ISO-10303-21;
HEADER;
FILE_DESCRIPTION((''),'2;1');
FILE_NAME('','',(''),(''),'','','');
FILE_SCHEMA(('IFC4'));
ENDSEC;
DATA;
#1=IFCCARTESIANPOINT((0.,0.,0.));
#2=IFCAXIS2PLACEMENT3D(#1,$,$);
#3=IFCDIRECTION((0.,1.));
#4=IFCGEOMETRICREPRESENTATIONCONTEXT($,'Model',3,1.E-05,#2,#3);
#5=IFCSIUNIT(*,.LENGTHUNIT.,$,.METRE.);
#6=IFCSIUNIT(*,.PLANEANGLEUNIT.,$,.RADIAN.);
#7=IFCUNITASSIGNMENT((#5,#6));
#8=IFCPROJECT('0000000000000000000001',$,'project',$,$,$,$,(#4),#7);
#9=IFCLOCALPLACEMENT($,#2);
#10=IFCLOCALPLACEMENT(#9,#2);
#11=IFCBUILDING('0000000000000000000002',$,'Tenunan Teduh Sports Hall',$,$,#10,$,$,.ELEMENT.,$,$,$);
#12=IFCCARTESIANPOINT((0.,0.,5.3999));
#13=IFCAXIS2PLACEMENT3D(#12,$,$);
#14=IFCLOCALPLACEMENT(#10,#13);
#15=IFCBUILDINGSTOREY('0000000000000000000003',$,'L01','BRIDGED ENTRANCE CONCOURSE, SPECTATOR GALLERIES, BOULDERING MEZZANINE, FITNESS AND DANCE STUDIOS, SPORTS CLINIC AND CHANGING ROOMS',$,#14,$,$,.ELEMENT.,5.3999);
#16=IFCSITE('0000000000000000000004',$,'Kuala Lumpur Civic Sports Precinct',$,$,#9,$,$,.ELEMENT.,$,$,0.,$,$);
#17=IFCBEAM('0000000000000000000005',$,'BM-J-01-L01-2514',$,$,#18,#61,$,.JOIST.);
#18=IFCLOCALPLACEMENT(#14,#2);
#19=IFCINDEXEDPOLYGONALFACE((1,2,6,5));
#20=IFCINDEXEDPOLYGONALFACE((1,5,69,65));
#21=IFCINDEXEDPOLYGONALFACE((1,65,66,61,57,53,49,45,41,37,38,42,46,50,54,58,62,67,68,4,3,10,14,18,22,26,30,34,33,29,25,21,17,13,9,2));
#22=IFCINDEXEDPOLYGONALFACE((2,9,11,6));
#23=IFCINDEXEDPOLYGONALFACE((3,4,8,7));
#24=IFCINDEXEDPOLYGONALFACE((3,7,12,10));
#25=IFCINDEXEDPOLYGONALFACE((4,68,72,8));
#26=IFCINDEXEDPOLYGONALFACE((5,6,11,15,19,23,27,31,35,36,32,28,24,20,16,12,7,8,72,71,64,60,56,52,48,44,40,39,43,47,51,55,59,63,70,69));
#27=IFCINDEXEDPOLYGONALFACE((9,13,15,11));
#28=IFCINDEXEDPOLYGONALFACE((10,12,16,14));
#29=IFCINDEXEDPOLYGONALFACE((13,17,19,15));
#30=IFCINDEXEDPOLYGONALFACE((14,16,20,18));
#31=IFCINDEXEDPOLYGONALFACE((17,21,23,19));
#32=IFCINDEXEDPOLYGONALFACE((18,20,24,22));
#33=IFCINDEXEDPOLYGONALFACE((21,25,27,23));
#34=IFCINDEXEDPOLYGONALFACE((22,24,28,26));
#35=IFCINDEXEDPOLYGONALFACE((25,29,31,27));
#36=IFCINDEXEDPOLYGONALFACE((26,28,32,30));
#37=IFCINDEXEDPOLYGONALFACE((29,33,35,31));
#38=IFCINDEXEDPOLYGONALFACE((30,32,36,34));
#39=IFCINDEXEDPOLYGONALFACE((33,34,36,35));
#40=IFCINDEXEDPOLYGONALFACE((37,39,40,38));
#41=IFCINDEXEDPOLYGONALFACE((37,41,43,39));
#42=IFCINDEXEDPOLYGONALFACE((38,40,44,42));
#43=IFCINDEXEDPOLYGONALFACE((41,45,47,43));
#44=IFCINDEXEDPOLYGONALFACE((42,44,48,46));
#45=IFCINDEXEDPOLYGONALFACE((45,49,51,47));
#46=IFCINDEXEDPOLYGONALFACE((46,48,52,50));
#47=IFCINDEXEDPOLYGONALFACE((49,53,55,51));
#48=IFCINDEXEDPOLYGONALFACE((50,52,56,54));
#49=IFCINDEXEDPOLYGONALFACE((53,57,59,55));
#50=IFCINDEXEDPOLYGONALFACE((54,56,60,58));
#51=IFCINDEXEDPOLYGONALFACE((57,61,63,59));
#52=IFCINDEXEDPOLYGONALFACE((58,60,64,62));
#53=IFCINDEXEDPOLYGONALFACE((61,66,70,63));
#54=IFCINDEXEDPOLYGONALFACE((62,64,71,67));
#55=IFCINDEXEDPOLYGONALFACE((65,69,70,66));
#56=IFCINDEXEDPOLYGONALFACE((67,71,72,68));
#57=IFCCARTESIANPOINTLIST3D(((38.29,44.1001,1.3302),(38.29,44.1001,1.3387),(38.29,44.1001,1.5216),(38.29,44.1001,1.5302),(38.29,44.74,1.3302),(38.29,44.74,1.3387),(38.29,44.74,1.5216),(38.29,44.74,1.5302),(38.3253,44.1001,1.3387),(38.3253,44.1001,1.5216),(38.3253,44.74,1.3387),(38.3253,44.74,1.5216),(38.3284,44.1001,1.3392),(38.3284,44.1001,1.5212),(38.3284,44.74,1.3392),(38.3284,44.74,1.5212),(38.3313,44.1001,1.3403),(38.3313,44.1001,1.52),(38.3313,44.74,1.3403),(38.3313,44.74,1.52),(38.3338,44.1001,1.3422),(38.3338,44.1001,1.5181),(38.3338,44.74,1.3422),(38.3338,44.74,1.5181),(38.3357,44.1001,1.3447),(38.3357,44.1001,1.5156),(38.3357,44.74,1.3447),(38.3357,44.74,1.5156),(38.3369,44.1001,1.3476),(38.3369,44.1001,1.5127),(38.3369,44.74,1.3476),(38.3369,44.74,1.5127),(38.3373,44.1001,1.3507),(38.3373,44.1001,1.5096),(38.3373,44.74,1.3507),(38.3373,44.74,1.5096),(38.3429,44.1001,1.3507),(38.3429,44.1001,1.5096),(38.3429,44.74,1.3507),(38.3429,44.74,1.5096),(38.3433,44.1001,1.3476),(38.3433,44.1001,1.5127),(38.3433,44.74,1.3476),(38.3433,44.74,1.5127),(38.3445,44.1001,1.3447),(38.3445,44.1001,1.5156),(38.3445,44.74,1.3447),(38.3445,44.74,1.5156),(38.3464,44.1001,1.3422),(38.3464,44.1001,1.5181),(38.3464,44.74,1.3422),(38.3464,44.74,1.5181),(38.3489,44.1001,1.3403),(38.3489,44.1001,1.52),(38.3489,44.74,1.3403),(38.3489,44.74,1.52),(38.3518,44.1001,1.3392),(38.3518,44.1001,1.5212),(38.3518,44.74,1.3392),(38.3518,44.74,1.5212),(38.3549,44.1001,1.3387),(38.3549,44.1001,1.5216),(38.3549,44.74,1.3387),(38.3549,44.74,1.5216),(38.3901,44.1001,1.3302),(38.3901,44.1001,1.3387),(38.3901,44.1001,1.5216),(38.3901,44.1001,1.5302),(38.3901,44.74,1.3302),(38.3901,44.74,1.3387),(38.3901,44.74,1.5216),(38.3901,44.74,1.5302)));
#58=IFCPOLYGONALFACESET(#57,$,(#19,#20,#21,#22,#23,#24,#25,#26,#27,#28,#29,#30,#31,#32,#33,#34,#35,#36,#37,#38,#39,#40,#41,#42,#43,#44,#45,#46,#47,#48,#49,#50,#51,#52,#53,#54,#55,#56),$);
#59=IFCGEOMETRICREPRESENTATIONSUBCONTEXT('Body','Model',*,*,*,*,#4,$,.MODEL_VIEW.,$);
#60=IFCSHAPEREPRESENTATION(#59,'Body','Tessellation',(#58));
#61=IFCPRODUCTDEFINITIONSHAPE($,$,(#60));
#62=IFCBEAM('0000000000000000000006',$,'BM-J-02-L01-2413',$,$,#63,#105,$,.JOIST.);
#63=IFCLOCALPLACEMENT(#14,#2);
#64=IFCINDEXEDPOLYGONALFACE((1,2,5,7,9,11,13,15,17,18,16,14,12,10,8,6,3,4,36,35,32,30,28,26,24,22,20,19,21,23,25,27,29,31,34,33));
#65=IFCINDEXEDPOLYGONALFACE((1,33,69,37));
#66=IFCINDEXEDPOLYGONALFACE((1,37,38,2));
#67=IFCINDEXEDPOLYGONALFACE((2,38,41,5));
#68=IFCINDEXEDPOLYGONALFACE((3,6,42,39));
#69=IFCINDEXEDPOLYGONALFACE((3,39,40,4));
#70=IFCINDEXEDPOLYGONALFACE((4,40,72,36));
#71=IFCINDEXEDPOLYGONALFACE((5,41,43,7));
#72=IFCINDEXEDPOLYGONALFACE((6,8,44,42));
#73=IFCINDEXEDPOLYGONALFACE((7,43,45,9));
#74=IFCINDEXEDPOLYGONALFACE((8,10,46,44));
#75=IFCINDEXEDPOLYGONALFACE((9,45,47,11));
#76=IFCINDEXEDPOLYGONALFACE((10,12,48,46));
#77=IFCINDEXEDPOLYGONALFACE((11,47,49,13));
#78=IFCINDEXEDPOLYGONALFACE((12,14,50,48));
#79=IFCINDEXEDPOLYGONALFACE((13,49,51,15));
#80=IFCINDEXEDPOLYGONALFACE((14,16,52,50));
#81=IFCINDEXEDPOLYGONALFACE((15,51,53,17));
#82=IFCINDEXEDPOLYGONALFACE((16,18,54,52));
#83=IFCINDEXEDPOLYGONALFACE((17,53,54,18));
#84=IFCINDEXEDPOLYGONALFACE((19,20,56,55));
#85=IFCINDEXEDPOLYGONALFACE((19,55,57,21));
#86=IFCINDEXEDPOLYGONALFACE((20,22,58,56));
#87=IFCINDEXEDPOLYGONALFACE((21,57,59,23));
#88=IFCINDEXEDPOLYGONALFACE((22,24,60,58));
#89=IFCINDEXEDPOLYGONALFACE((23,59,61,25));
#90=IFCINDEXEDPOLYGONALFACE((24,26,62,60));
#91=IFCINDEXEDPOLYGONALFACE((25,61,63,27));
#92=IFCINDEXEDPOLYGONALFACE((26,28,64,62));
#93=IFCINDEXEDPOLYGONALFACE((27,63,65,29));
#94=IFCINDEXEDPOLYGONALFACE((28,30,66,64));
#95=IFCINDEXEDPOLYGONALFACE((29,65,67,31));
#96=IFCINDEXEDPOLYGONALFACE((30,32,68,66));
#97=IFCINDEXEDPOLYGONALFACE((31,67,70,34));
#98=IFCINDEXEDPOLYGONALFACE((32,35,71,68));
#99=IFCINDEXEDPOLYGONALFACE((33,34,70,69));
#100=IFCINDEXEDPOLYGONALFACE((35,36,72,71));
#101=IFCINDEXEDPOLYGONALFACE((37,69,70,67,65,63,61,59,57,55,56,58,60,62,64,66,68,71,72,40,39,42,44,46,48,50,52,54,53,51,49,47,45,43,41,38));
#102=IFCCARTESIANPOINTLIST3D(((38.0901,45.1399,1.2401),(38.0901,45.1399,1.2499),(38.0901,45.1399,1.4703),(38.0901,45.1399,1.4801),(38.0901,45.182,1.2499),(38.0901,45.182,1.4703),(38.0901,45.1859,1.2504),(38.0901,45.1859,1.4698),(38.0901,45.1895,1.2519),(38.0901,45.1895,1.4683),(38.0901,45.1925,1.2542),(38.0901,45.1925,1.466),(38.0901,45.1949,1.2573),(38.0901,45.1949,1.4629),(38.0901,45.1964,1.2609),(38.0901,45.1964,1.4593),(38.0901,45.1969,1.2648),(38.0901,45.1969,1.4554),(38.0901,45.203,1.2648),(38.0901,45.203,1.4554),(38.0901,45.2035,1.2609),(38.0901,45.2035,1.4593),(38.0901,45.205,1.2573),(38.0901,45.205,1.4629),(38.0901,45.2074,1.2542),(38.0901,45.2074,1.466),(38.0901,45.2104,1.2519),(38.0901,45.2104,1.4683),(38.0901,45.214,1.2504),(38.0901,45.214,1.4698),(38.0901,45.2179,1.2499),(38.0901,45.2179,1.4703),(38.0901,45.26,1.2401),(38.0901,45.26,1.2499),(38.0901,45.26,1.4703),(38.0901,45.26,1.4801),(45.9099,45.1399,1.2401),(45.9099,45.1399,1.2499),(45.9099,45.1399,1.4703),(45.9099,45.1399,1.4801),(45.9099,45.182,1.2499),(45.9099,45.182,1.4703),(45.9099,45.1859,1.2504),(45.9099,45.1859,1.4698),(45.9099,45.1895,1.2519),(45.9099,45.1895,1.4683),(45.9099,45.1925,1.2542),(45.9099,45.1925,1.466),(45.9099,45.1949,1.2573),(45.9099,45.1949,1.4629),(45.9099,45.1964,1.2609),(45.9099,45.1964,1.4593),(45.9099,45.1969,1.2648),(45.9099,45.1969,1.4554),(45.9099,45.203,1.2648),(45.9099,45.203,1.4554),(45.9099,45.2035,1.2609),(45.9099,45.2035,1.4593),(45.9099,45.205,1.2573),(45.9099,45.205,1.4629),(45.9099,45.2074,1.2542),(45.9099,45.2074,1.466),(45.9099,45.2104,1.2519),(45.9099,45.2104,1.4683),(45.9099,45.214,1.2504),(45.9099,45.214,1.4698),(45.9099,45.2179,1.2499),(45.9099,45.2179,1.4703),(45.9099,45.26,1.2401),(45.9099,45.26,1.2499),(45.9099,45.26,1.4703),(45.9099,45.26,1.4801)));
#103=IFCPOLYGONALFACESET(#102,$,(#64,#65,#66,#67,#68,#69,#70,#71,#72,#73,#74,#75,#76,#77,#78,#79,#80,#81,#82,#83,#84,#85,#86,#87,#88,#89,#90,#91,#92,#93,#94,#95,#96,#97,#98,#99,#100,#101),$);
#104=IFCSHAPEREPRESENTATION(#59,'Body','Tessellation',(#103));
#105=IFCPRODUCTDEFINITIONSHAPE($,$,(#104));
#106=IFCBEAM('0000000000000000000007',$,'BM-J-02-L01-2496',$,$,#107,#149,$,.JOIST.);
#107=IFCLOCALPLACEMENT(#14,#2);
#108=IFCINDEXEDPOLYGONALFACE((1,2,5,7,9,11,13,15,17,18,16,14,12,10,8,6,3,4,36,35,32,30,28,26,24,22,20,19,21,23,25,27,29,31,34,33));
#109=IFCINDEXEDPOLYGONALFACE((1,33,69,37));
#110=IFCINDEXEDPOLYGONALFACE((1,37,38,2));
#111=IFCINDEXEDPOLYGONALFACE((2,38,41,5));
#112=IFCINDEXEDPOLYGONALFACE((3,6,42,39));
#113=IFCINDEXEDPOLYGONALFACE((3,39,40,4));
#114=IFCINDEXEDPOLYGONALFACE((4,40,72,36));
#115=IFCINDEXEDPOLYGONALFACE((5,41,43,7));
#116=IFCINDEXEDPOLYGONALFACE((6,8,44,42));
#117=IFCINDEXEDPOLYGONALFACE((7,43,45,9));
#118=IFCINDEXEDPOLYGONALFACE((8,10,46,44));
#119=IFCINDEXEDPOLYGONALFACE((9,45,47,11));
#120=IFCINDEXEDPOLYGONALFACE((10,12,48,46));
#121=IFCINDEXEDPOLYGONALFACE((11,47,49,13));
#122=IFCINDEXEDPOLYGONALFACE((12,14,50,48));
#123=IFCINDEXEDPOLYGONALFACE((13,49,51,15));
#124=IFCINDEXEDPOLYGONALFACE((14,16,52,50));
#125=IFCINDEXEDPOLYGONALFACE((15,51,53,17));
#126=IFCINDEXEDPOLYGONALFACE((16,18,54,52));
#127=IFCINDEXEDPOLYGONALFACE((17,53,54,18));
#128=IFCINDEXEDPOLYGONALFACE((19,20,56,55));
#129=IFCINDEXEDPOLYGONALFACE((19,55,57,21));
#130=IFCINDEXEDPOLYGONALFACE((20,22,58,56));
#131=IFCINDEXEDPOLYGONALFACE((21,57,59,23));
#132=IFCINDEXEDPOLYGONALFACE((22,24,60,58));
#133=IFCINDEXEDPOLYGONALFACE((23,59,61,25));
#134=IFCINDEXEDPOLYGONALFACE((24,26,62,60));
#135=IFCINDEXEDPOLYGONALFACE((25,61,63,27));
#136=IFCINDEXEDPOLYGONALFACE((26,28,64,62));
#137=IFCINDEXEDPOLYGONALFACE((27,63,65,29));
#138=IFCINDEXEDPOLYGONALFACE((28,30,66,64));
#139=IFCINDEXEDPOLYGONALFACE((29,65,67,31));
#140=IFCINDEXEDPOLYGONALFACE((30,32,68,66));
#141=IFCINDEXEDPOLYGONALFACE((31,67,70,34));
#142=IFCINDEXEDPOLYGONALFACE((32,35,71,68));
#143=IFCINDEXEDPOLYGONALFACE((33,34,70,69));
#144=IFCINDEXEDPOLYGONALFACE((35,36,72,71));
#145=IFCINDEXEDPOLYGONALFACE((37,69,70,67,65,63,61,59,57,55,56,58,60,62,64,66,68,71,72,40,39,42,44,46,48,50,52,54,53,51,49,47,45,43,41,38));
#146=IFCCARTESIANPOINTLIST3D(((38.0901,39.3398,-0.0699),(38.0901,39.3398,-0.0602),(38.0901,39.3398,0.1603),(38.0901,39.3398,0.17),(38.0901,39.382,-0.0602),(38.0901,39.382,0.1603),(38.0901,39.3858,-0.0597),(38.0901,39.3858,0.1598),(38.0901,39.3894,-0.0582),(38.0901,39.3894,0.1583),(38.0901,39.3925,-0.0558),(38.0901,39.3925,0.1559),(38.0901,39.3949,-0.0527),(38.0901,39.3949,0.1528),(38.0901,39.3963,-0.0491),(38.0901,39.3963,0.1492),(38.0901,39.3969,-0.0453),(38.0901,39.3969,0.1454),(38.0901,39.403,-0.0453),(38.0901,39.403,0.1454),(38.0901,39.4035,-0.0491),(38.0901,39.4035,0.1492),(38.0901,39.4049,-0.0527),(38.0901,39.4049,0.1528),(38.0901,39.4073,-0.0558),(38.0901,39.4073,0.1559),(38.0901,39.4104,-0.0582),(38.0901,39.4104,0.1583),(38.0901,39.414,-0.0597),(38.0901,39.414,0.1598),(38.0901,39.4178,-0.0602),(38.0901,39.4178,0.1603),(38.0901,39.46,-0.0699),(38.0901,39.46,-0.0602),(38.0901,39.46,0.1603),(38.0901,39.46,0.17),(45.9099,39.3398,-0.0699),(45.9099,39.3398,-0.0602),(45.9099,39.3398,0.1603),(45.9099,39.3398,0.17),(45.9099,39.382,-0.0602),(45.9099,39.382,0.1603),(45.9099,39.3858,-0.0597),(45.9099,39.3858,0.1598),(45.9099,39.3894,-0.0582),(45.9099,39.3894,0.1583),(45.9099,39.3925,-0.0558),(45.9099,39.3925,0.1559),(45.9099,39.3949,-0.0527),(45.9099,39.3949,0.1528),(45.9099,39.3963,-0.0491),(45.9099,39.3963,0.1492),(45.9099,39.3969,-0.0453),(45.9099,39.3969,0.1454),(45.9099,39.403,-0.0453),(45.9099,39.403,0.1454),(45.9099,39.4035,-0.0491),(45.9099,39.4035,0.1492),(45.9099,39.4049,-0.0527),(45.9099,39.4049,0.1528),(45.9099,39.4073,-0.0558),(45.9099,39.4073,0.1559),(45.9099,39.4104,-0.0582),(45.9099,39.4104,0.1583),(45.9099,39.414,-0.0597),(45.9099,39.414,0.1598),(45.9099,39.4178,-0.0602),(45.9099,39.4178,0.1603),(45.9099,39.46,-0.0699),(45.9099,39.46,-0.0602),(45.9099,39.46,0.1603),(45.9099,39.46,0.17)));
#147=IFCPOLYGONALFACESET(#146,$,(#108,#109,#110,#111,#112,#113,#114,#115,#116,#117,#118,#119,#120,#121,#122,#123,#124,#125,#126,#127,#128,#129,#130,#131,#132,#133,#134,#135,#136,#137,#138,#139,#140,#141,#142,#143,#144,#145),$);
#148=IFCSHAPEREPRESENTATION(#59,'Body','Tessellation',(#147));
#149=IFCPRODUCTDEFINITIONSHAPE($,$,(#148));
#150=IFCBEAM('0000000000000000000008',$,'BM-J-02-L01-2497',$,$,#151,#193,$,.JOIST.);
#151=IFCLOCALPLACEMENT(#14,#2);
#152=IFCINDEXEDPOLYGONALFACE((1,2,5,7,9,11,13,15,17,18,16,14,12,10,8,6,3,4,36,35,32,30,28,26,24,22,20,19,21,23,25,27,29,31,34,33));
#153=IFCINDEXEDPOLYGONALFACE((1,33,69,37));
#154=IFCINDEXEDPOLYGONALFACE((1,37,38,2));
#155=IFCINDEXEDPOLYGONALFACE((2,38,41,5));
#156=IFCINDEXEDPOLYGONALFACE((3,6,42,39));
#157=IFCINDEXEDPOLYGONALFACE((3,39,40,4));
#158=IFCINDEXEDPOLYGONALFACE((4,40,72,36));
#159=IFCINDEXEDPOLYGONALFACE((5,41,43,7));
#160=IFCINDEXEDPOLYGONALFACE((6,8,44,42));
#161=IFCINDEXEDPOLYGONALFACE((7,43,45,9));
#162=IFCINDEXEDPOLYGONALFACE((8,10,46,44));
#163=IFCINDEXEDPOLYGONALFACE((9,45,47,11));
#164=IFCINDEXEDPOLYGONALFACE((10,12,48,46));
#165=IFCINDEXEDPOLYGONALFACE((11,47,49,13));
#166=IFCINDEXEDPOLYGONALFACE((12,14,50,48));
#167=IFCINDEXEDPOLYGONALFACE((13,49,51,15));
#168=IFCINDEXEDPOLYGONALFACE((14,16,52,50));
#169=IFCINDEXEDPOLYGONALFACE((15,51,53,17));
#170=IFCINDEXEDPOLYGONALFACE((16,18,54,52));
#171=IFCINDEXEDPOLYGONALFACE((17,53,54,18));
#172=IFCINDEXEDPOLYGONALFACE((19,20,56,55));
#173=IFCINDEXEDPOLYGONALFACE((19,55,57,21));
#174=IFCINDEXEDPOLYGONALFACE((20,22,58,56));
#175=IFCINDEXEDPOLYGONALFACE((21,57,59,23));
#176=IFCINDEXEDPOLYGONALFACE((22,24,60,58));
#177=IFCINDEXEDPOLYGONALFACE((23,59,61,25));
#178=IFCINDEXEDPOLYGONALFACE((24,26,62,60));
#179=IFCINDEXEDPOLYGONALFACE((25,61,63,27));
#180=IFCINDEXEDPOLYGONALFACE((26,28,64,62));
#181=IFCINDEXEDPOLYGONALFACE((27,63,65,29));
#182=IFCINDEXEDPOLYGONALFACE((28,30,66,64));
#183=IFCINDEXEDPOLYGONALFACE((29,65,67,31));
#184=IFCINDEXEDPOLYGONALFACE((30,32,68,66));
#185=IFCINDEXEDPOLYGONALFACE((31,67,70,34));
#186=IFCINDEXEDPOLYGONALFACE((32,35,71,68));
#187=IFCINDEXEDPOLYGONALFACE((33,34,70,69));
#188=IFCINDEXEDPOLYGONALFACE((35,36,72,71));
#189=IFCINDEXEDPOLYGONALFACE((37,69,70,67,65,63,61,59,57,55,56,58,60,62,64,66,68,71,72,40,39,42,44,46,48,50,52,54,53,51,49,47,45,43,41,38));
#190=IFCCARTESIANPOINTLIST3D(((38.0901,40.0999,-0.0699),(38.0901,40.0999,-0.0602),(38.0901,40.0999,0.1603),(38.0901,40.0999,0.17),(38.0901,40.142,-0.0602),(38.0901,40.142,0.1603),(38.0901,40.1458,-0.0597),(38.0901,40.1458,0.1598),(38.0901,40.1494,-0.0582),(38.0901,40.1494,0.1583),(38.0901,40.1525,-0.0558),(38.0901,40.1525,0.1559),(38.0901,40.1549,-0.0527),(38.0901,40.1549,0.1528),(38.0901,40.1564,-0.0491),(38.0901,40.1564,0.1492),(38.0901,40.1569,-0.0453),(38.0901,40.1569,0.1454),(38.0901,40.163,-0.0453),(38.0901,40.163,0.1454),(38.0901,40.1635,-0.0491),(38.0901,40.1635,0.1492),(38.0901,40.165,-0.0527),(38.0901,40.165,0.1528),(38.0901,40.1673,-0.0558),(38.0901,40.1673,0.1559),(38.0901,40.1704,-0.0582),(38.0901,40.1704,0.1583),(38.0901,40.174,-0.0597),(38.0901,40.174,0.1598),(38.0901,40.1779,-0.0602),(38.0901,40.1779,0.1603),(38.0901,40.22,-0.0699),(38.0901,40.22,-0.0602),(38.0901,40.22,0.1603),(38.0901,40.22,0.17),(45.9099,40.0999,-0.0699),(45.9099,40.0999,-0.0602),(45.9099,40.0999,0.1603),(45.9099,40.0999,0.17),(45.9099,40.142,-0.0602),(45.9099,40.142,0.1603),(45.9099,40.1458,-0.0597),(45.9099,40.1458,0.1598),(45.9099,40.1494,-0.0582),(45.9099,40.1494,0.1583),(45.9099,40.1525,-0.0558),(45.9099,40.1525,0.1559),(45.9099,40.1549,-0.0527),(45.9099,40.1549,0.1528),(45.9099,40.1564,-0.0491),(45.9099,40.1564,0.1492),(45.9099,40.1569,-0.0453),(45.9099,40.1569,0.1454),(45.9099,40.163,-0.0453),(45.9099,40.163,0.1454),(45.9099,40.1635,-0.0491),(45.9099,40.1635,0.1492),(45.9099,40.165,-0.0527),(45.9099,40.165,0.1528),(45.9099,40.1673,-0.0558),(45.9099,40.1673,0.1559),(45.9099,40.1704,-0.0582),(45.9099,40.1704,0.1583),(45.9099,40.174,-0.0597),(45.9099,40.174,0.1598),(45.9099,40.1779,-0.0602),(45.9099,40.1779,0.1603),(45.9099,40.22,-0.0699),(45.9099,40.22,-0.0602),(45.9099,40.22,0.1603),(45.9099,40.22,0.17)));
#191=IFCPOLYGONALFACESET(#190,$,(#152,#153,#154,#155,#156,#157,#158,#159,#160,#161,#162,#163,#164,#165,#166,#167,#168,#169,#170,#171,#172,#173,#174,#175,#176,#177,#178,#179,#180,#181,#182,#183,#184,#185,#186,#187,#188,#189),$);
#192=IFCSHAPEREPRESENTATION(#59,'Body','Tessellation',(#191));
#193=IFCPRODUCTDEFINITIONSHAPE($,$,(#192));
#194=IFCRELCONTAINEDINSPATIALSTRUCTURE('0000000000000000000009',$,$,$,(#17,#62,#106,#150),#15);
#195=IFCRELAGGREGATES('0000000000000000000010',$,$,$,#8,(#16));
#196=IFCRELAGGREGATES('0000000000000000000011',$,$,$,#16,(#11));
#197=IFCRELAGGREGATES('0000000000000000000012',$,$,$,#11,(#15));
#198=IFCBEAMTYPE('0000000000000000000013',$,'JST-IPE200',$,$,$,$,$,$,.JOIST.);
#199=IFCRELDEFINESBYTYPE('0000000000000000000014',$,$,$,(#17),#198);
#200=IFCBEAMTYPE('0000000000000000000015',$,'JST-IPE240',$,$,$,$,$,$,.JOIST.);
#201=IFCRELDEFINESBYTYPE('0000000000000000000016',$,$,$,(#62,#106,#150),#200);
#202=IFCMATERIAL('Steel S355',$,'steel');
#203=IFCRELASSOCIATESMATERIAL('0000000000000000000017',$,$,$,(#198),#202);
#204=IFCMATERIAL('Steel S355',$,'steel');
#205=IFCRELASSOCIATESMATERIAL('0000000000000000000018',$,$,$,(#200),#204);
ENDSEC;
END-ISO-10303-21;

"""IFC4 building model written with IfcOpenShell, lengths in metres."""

from ifc_helpers import new_model, si_unit, direction, frame, origin, origin_2d, place, context, subcontext, project, spatial, i_section, extrude, material, material_profile, profile_set, type_object, element, save


model = new_model("IFC4")

# Units and contexts
model_context = context("Model", 3, precision=1e-05, world=origin(), true_north=direction((0.0, 1.0)))
body_context = subcontext(model_context, "Body", "Model", "MODEL_VIEW")
ifc_project = project(units=[si_unit("LENGTHUNIT", "METRE"), si_unit("PLANEANGLEUNIT", "RADIAN")], contexts=[model_context])

# Site, building, storey
site_placement = place(None, origin())
site = spatial("IfcSite", under=ifc_project, at=site_placement, Name="Kuala Lumpur Civic Sports Precinct", CompositionType="ELEMENT", RefElevation=0.0)
building_placement = place(site_placement, origin())
building = spatial("IfcBuilding", under=site, at=building_placement, Name="Tenunan Teduh Sports Hall", CompositionType="ELEMENT")
storey_placement = place(building_placement, frame((0.0, 0.0, 5.3999)))
storey = spatial("IfcBuildingStorey", under=building, at=storey_placement, Name="L01", Description="BRIDGED ENTRANCE CONCOURSE, SPECTATOR GALLERIES, BOULDERING MEZZANINE, FITNESS AND DANCE STUDIOS, SPORTS CLINIC AND CHANGING ROOMS", CompositionType="ELEMENT", Elevation=5.3999)

# Beams
ifc_material_1 = material(Name="Steel S355", Category="steel")
ifc_material_profile_1 = material_profile(ifc_material_1, i_section(OverallWidth=0.1001, OverallDepth=0.2, WebThickness=0.0056, FlangeThickness=0.0085, FilletRadius=0.012, at=origin_2d()), Name="IPE 200")
ifc_profile_set_1 = profile_set([ifc_material_profile_1], Name="Steel S355")
beam_type_1 = type_object("IfcBeamType", Name="JST-IPE200", PredefinedType="JOIST", material=ifc_profile_set_1)
beam_1_placement = place(storey_placement, frame((38.3401, 44.1001, 1.4302), z_axis=(0.0, 1.0, 0.0), x_axis=(-1.0, 0.0, 0.0)))
element("IfcBeam", 1, at=beam_1_placement, inside=storey, type_object=beam_type_1, Name="BM-J-01-L01-2514", PredefinedType="JOIST", context=body_context, shape_type="SweptSolid", body=[
    extrude(i_section(OverallWidth=0.1001, OverallDepth=0.2, WebThickness=0.0056, FlangeThickness=0.0085, FilletRadius=0.012, at=origin_2d()), origin(), (0.0, 0.0, 1.0), 0.6399),
])
ifc_material_2 = material(Name="Steel S355", Category="steel")
ifc_material_profile_2 = material_profile(ifc_material_2, i_section(OverallWidth=0.1201, OverallDepth=0.24, WebThickness=0.0061, FlangeThickness=0.0098, FilletRadius=0.0149, at=origin_2d()), Name="IPE 240")
ifc_profile_set_2 = profile_set([ifc_material_profile_2], Name="Steel S355")
beam_type_2 = type_object("IfcBeamType", Name="JST-IPE240", PredefinedType="JOIST", material=ifc_profile_set_2)
for number, where, z_axis, x_axis, name in (
    (2, (38.0901, 45.2, 1.3601), (1.0, 0.0, 0.0), (0.0, 1.0, 0.0), "BM-J-02-L01-2413"),
    (3, (38.0901, 39.3999, 0.05), (1.0, 0.0, 0.0), (0.0, 1.0, 0.0), "BM-J-02-L01-2496"),
    (4, (38.0901, 40.1599, 0.05), (1.0, 0.0, 0.0), (0.0, 1.0, 0.0), "BM-J-02-L01-2497"),
):
    element("IfcBeam", number, at=place(storey_placement, frame(where, z_axis=z_axis, x_axis=x_axis)), inside=storey, type_object=beam_type_2, Name=name, PredefinedType="JOIST", context=body_context, shape_type="SweptSolid", body=[
        extrude(i_section(OverallWidth=0.1201, OverallDepth=0.24, WebThickness=0.0061, FlangeThickness=0.0098, FilletRadius=0.0149, at=origin_2d()), origin(), (0.0, 0.0, 1.0), 7.8198),
    ])

save(model, "model.ifc")
